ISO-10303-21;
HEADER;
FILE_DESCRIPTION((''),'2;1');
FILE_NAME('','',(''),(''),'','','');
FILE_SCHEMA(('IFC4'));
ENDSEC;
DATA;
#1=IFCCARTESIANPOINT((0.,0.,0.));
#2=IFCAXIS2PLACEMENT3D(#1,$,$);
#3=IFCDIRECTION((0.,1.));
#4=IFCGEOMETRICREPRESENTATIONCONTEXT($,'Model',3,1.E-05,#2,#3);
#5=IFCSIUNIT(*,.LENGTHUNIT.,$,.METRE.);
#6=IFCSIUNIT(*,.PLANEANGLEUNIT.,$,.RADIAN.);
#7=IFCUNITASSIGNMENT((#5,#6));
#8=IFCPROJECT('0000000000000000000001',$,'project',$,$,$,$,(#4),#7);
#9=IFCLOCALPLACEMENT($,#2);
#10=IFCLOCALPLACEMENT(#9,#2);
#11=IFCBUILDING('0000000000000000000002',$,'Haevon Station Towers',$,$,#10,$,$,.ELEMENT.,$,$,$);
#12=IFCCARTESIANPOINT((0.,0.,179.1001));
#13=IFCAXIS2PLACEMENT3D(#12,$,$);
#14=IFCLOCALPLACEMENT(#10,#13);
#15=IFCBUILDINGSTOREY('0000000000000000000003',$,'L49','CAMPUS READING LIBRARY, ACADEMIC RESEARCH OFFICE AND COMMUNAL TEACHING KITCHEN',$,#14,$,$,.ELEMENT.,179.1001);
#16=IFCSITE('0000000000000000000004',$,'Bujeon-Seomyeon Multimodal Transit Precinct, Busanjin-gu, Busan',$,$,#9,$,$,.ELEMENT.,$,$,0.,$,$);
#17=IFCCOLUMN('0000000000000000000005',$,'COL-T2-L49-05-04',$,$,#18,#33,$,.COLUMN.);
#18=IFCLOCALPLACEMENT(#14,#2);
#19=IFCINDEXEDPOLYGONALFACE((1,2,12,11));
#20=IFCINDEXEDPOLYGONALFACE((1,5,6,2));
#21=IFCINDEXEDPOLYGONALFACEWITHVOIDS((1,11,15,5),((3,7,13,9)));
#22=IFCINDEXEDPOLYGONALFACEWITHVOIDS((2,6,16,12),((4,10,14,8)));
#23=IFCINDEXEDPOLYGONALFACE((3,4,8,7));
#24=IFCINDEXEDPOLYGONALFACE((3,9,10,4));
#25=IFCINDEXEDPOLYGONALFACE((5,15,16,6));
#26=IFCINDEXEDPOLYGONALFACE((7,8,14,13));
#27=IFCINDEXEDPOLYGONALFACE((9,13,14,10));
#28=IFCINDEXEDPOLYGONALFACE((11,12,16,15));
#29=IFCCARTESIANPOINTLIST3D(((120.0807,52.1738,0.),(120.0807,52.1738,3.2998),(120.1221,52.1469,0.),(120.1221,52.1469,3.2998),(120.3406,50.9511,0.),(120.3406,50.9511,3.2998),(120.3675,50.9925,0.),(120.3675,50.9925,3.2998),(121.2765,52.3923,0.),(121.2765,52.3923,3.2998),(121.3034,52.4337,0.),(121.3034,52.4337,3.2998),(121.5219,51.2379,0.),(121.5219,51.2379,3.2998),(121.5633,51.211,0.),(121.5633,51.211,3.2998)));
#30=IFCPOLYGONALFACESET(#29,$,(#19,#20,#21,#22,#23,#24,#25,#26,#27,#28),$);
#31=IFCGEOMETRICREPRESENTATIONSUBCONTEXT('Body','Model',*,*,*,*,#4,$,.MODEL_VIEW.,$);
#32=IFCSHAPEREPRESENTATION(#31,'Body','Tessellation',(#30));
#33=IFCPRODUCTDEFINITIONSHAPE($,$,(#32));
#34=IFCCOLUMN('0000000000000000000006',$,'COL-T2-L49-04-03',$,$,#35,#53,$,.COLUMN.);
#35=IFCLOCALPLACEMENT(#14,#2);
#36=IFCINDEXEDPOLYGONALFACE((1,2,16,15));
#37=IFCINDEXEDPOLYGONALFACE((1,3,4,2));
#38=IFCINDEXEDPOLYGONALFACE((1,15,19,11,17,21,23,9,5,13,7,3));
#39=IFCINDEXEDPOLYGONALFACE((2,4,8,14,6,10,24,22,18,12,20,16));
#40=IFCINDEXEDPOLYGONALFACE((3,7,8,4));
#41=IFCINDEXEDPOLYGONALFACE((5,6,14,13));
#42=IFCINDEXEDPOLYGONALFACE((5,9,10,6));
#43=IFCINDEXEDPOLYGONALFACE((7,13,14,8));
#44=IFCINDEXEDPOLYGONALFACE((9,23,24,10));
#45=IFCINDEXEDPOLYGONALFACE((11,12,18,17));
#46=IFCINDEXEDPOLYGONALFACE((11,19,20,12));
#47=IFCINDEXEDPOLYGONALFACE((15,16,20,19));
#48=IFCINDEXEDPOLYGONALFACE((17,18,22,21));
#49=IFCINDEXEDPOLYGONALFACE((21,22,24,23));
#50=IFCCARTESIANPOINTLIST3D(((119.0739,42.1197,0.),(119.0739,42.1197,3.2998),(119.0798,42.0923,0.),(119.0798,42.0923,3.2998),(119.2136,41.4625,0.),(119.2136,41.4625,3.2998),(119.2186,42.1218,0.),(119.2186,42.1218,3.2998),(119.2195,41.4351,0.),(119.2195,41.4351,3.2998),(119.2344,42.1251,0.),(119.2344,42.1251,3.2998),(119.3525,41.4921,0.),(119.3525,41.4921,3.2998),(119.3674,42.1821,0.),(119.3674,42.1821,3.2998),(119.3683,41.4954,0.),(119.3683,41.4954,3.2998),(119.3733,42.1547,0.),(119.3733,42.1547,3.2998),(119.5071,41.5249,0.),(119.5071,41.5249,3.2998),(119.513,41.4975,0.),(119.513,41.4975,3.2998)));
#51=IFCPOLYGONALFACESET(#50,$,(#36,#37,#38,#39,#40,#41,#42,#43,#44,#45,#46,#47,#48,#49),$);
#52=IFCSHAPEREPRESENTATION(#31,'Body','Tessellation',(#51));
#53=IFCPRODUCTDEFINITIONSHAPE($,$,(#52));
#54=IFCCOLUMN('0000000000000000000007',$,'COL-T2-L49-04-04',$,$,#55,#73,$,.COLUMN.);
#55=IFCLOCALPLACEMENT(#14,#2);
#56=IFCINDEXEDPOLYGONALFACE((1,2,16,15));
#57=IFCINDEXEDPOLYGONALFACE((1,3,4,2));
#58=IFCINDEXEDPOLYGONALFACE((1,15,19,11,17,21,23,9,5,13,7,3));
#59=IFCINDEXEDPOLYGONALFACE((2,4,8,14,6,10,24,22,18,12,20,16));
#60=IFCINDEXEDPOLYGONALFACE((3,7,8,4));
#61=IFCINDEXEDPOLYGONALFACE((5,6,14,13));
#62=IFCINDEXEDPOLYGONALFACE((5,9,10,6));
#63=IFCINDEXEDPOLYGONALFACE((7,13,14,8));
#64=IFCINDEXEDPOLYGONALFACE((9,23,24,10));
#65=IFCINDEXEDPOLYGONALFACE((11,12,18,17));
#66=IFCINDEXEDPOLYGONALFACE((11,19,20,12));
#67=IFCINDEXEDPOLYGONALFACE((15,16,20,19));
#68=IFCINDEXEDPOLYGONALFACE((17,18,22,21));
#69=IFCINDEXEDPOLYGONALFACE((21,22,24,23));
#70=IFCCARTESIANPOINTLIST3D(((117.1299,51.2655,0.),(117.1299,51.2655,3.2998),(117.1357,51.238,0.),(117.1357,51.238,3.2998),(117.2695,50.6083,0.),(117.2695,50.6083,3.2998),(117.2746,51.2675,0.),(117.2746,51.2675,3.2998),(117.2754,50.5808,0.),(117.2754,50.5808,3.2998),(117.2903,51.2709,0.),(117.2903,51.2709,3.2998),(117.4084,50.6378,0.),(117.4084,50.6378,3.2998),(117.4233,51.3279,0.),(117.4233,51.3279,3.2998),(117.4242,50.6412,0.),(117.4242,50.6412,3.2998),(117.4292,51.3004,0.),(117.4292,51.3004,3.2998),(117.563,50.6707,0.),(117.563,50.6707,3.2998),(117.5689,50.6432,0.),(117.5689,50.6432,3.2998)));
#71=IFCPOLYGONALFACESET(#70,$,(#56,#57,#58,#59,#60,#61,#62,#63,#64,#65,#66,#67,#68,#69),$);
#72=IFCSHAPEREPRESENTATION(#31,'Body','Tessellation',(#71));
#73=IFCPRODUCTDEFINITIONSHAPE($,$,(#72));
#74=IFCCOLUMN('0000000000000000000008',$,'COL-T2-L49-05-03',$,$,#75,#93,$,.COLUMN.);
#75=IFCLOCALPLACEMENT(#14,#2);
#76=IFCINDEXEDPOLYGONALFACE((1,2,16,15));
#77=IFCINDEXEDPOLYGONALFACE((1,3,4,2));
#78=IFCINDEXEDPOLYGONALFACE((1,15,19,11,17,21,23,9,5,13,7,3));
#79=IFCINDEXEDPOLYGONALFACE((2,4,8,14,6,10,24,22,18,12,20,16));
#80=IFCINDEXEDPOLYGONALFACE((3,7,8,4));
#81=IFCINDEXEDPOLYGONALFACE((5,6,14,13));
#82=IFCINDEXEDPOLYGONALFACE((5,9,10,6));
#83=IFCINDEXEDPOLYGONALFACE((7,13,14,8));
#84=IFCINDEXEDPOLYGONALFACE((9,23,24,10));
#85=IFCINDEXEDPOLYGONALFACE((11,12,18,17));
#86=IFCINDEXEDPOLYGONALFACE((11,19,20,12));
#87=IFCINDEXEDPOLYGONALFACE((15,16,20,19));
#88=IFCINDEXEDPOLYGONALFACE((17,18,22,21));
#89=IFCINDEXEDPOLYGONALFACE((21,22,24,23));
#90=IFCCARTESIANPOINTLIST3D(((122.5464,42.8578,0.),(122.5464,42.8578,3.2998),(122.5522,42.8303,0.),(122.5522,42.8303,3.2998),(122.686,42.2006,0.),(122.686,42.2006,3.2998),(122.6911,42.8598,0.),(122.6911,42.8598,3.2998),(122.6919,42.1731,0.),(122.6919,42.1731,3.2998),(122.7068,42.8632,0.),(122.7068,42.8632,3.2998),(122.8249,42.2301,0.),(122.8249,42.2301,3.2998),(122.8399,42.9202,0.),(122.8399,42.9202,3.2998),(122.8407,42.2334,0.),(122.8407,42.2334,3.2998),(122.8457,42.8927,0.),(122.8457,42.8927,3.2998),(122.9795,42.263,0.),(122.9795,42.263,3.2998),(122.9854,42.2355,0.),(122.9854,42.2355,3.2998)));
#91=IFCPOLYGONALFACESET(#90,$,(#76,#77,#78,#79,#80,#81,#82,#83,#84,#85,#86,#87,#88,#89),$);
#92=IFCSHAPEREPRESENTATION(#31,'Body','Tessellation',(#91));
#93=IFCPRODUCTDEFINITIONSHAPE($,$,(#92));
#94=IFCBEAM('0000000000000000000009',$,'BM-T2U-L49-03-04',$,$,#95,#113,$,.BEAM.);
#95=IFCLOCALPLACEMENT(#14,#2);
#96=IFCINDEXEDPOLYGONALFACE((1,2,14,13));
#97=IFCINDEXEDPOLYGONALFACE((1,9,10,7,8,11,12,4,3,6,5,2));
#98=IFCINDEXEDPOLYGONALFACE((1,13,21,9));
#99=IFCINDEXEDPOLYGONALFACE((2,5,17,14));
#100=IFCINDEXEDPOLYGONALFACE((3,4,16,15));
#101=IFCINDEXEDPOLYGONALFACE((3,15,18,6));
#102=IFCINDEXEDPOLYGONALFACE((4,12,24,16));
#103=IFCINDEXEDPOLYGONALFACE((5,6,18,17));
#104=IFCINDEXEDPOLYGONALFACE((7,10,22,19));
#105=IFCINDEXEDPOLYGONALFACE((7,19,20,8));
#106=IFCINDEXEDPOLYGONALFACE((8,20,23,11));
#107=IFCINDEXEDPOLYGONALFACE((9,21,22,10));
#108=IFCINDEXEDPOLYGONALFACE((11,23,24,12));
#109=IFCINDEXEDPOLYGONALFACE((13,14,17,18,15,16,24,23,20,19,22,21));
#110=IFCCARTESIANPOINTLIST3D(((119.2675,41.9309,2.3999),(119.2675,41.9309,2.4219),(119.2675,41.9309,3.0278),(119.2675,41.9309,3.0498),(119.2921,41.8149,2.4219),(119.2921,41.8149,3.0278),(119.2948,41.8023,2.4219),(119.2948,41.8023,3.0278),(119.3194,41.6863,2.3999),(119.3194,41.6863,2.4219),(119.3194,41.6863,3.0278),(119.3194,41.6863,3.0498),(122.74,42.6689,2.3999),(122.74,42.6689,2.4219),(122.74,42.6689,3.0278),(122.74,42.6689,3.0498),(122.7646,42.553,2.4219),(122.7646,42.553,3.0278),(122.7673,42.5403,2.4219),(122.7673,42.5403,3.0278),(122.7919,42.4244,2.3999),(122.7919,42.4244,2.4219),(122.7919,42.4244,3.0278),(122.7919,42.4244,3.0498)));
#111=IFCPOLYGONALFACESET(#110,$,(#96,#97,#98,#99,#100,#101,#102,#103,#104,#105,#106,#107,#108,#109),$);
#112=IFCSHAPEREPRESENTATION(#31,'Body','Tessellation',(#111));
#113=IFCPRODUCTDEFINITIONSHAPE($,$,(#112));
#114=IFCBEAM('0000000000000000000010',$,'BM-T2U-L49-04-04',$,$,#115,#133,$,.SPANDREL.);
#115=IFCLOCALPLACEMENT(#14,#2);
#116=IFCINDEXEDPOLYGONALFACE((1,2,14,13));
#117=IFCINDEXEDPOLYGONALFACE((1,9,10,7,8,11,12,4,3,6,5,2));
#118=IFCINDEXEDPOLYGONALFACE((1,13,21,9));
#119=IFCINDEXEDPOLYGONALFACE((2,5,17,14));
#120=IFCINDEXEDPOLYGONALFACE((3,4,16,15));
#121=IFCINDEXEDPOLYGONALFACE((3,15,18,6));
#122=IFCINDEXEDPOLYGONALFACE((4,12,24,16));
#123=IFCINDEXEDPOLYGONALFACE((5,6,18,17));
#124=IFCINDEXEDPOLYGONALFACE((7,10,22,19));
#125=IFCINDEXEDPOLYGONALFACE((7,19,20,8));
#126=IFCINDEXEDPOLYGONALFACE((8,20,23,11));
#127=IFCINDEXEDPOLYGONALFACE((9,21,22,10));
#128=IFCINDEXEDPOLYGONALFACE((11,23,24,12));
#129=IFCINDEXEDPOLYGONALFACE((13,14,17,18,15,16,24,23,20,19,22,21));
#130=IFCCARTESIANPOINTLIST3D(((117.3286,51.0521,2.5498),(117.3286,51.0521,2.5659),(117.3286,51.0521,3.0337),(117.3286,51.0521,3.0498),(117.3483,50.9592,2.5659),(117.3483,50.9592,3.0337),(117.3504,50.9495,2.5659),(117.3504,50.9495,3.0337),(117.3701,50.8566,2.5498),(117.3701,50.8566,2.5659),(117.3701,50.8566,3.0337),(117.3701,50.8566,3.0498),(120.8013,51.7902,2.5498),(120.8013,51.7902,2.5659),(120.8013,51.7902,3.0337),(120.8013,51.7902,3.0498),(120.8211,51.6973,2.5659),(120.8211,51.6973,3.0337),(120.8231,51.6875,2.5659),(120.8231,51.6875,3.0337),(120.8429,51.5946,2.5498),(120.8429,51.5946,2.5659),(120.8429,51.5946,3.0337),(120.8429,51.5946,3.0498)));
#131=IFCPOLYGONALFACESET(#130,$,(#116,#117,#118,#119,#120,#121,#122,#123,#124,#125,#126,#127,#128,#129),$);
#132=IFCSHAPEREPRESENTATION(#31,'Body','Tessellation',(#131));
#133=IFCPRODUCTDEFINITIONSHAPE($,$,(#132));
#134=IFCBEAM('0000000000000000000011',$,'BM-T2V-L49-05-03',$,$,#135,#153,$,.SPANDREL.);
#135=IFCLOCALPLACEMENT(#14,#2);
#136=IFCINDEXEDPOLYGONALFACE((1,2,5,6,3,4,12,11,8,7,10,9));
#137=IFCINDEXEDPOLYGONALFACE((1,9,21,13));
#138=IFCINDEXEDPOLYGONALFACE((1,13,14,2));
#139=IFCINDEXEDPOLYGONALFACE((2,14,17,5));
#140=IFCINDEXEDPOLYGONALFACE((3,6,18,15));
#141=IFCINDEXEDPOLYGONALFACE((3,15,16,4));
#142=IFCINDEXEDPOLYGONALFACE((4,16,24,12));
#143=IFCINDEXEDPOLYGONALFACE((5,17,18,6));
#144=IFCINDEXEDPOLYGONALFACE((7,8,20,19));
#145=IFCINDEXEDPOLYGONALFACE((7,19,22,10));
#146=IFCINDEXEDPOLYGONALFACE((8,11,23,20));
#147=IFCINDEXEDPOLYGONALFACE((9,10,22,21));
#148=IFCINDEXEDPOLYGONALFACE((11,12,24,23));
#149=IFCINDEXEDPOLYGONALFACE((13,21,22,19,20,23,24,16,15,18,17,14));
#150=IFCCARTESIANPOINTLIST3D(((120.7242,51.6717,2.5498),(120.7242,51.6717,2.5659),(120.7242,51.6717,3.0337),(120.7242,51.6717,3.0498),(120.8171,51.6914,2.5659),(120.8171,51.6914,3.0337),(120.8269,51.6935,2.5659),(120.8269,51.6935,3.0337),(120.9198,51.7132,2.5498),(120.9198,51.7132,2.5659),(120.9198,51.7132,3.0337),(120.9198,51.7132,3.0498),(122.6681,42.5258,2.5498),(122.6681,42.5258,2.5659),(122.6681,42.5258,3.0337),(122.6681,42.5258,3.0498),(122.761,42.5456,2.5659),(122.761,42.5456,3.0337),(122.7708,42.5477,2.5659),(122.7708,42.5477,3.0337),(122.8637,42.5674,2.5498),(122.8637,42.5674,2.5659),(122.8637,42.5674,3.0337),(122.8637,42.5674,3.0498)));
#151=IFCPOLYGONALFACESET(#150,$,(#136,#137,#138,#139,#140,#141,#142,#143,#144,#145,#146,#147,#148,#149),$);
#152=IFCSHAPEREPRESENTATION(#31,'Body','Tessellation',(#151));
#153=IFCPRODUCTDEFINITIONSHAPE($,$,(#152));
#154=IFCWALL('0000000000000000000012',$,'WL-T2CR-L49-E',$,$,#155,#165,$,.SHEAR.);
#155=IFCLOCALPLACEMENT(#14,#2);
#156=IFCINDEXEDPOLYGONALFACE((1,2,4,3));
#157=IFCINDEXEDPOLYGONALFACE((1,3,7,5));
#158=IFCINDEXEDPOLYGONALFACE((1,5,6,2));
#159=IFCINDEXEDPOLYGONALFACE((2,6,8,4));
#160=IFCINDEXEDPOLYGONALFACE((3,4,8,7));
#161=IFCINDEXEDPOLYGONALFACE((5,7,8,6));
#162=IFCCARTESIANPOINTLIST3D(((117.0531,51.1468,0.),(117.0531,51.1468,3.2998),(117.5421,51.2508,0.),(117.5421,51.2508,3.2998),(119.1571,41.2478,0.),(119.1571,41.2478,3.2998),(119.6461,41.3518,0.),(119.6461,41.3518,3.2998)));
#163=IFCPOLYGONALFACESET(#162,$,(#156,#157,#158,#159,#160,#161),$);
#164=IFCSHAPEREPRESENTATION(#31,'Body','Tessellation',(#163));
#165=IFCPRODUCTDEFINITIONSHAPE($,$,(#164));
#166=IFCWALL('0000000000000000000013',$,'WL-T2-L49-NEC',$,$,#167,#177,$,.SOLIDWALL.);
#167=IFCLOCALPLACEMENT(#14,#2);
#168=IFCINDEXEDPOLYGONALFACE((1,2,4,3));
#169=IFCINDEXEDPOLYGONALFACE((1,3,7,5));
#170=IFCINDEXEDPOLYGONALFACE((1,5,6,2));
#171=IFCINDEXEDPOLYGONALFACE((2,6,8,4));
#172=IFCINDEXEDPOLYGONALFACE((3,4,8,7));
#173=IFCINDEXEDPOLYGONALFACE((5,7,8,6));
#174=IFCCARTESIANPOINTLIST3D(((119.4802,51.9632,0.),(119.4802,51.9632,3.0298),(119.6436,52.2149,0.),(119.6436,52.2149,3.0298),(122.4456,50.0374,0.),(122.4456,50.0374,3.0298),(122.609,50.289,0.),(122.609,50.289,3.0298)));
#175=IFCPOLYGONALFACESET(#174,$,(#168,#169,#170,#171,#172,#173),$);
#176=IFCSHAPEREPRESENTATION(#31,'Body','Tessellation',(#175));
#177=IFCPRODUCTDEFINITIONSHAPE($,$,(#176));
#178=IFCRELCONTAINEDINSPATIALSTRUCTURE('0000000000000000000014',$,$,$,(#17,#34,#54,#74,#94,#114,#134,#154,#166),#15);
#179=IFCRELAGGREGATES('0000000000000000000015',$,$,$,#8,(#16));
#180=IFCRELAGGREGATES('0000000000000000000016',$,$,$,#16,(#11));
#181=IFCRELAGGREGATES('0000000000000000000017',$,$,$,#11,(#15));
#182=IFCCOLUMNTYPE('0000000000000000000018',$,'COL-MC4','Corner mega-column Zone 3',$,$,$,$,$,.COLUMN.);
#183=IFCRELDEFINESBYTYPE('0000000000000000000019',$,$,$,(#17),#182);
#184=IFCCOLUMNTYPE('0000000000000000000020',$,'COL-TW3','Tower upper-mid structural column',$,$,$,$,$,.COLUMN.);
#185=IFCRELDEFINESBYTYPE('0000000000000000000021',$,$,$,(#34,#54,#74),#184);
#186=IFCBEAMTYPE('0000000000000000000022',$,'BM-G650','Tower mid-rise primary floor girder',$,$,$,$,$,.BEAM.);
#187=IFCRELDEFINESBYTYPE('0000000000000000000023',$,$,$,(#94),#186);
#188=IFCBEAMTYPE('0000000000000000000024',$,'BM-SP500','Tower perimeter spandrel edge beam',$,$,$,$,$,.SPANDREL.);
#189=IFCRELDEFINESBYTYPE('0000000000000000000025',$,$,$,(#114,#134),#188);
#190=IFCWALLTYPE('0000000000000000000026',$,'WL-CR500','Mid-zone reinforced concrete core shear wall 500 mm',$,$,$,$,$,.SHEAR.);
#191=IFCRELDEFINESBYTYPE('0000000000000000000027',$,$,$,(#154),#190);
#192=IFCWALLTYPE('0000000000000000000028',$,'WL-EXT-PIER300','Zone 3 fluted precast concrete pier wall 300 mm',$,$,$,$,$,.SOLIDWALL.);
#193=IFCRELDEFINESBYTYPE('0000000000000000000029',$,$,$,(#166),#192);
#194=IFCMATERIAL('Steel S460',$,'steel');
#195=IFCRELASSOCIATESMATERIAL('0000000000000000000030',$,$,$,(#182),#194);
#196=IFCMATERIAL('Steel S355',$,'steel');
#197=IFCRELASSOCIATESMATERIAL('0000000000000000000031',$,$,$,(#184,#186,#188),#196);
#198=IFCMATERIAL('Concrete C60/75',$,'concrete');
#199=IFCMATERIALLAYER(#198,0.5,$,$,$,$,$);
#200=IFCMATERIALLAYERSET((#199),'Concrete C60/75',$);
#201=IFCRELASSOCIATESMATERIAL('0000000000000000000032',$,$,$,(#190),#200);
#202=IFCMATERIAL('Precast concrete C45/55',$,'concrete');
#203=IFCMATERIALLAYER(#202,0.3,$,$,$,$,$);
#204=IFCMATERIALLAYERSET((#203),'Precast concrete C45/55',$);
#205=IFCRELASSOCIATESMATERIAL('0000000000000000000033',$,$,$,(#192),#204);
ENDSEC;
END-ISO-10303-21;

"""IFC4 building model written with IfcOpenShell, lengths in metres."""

from ifc_helpers import new_model, si_unit, direction, frame, frame_2d, origin, origin_2d, place, context, subcontext, project, spatial, rectangle, hollow_rectangle, i_section, extrude, material, layer, layer_set, material_profile, profile_set, type_object, element, save


model = new_model("IFC4")

# Units and contexts
model_context = context("Model", 3, precision=1e-05, world=origin(), true_north=direction((0.0, 1.0)))
body_context = subcontext(model_context, "Body", "Model", "MODEL_VIEW")
ifc_project = project(units=[si_unit("LENGTHUNIT", "METRE"), si_unit("PLANEANGLEUNIT", "RADIAN")], contexts=[model_context])

# Site, building, storey
site_placement = place(None, origin())
site = spatial("IfcSite", under=ifc_project, at=site_placement, Name="Bujeon-Seomyeon Multimodal Transit Precinct, Busanjin-gu, Busan", CompositionType="ELEMENT", RefElevation=0.0)
building_placement = place(site_placement, origin())
building = spatial("IfcBuilding", under=site, at=building_placement, Name="Haevon Station Towers", CompositionType="ELEMENT")
storey_placement = place(building_placement, frame((0.0, 0.0, 179.1001)))
storey = spatial("IfcBuildingStorey", under=building, at=storey_placement, Name="L49", Description="CAMPUS READING LIBRARY, ACADEMIC RESEARCH OFFICE AND COMMUNAL TEACHING KITCHEN", CompositionType="ELEMENT", Elevation=179.1001)

# Columns
ifc_material_1 = material(Name="Steel S460", Category="steel")
ifc_material_profile_1 = material_profile(ifc_material_1, hollow_rectangle(XDim=1.25, YDim=1.25, WallThickness=0.0349, at=origin_2d()), Name="BOX-1250x1250x35")
ifc_profile_set_1 = profile_set([ifc_material_profile_1], Name="Steel S460")
column_type_1 = type_object("IfcColumnType", Name="COL-MC4", Description="Corner mega-column Zone 3", PredefinedType="COLUMN", material=ifc_profile_set_1)
column_placement = place(storey_placement, frame((120.822, 51.6924, 0.0), z_axis=(0.0, 0.0, 1.0), x_axis=(0.978148, 0.207912, 0.0)))
element("IfcColumn", 1, at=column_placement, inside=storey, type_object=column_type_1, Name="COL-T2-L49-05-04", PredefinedType="COLUMN", context=body_context, shape_type="SweptSolid", body=[
    extrude(hollow_rectangle(XDim=1.25, YDim=1.25, WallThickness=0.0349, at=origin_2d()), origin(), (0.0, 0.0, 1.0), 3.2998),
])
ifc_material_2 = material(Name="Steel S355", Category="steel")
ifc_material_profile_2 = material_profile(ifc_material_2, i_section(OverallWidth=0.3, OverallDepth=0.7, WebThickness=0.0161, FlangeThickness=0.0281, at=origin_2d()), Name="H-700x300x16x28")
ifc_profile_set_2 = profile_set([ifc_material_profile_2], Name="Steel S355")
column_type_2 = type_object("IfcColumnType", Name="COL-TW3", Description="Tower upper-mid structural column", PredefinedType="COLUMN", material=ifc_profile_set_2)
for number, where, z_axis, x_axis, name in (
    (2, (119.2935, 41.8086, 0.0), (0.0, 0.0, 1.0), (0.978148, 0.207912, 0.0), "COL-T2-L49-04-03"),
    (3, (117.3494, 50.9543, 0.0), (0.0, 0.0, 1.0), (0.978148, 0.207912, 0.0), "COL-T2-L49-04-04"),
    (4, (122.7659, 42.5466, 0.0), (0.0, 0.0, 1.0), (0.978148, 0.207912, 0.0), "COL-T2-L49-05-03"),
):
    element("IfcColumn", number, at=place(storey_placement, frame(where, z_axis=z_axis, x_axis=x_axis)), inside=storey, type_object=column_type_2, Name=name, PredefinedType="COLUMN", context=body_context, shape_type="SweptSolid", body=[
        extrude(i_section(OverallWidth=0.3, OverallDepth=0.7, WebThickness=0.0161, FlangeThickness=0.0281, at=origin_2d()), origin(), (0.0, 0.0, 1.0), 3.2998),
    ])

# Beams
ifc_material_profile_3 = material_profile(ifc_material_2, i_section(OverallWidth=0.25, OverallDepth=0.6499, WebThickness=0.0129, FlangeThickness=0.022, at=origin_2d()), Name="H-650x250x13x22")
ifc_profile_set_3 = profile_set([ifc_material_profile_3], Name="Steel S355")
beam_type_1 = type_object("IfcBeamType", Name="BM-G650", Description="Tower mid-rise primary floor girder", PredefinedType="BEAM", material=ifc_profile_set_3)
beam_1_placement = place(storey_placement, frame((119.2935, 41.8086, 2.7249), z_axis=(0.97815, 0.207899, 0.0), x_axis=(-0.207899, 0.97815, 0.0)))
element("IfcBeam", 5, at=beam_1_placement, inside=storey, type_object=beam_type_1, Name="BM-T2U-L49-03-04", PredefinedType="BEAM", context=body_context, shape_type="SweptSolid", body=[
    extrude(i_section(OverallWidth=0.25, OverallDepth=0.6499, WebThickness=0.0129, FlangeThickness=0.022, at=origin_2d()), origin(), (0.0, 0.0, 1.0), 3.55),
])
ifc_material_profile_4 = material_profile(ifc_material_2, i_section(OverallWidth=0.2, OverallDepth=0.5, WebThickness=0.01, FlangeThickness=0.0161, at=origin_2d()), Name="H-500x200x10x16")
ifc_profile_set_4 = profile_set([ifc_material_profile_4], Name="Steel S355")
beam_type_2 = type_object("IfcBeamType", Name="BM-SP500", Description="Tower perimeter spandrel edge beam", PredefinedType="SPANDREL", material=ifc_profile_set_4)
beam_2_placement = place(storey_placement, frame((117.3494, 50.9543, 2.7998), z_axis=(0.978153, 0.207885, 0.0), x_axis=(-0.207885, 0.978153, 0.0)))
element("IfcBeam", 6, at=beam_2_placement, inside=storey, type_object=beam_type_2, Name="BM-T2U-L49-04-04", PredefinedType="SPANDREL", context=body_context, shape_type="SweptSolid", body=[
    extrude(i_section(OverallWidth=0.2, OverallDepth=0.5, WebThickness=0.01, FlangeThickness=0.0161, at=origin_2d()), origin(), (0.0, 0.0, 1.0), 3.5503),
])
beam_3_placement = place(storey_placement, frame((122.7659, 42.5466, 2.7998), z_axis=(-0.207897, 0.978151, 0.0), x_axis=(-0.978151, -0.207897, 0.0)))
element("IfcBeam", 7, at=beam_3_placement, inside=storey, type_object=beam_type_2, Name="BM-T2V-L49-05-03", PredefinedType="SPANDREL", context=body_context, shape_type="SweptSolid", body=[
    extrude(i_section(OverallWidth=0.2, OverallDepth=0.5, WebThickness=0.01, FlangeThickness=0.0161, at=origin_2d()), origin(), (0.0, 0.0, 1.0), 9.3501),
])

# Walls
ifc_material_3 = material(Name="Concrete C60/75", Category="concrete")
ifc_layer_1 = layer(ifc_material_3, 0.5)
ifc_layer_set_1 = layer_set([ifc_layer_1], Name="Concrete C60/75")
wall_type_1 = type_object("IfcWallType", Name="WL-CR500", Description="Mid-zone reinforced concrete core shear wall 500 mm", PredefinedType="SHEAR", material=ifc_layer_set_1)
wall_1_placement = place(storey_placement, frame((119.4016, 41.2998, 0.0), z_axis=(0.0, 0.0, 1.0), x_axis=(-0.207904, 0.978149, 0.0)))
element("IfcWall", 8, at=wall_1_placement, inside=storey, type_object=wall_type_1, Name="WL-T2CR-L49-E", PredefinedType="SHEAR", context=body_context, shape_type="SweptSolid", body=[
    extrude(rectangle(XDim=10.1201, YDim=0.5, at=frame_2d((5.0601, 0.0))), origin(), (0.0, 0.0, 1.0), 3.2998),
])
ifc_material_4 = material(Name="Precast concrete C45/55", Category="concrete")
ifc_layer_2 = layer(ifc_material_4, 0.3)
ifc_layer_set_2 = layer_set([ifc_layer_2], Name="Precast concrete C45/55")
wall_type_2 = type_object("IfcWallType", Name="WL-EXT-PIER300", Description="Zone 3 fluted precast concrete pier wall 300 mm", PredefinedType="SOLIDWALL", material=ifc_layer_set_2)
wall_2_placement = place(storey_placement, frame((119.5618, 52.0891, 0.0), z_axis=(0.0, 0.0, 1.0), x_axis=(0.838661, -0.544653, 0.0)))
element("IfcWall", 9, at=wall_2_placement, inside=storey, type_object=wall_type_2, Name="WL-T2-L49-NEC", PredefinedType="SOLIDWALL", context=body_context, shape_type="SweptSolid", body=[
    extrude(rectangle(XDim=3.5359, YDim=0.3, at=frame_2d((1.7681, 0.0))), origin(), (0.0, 0.0, 1.0), 3.0298),
])

save(model, "model.ifc")
